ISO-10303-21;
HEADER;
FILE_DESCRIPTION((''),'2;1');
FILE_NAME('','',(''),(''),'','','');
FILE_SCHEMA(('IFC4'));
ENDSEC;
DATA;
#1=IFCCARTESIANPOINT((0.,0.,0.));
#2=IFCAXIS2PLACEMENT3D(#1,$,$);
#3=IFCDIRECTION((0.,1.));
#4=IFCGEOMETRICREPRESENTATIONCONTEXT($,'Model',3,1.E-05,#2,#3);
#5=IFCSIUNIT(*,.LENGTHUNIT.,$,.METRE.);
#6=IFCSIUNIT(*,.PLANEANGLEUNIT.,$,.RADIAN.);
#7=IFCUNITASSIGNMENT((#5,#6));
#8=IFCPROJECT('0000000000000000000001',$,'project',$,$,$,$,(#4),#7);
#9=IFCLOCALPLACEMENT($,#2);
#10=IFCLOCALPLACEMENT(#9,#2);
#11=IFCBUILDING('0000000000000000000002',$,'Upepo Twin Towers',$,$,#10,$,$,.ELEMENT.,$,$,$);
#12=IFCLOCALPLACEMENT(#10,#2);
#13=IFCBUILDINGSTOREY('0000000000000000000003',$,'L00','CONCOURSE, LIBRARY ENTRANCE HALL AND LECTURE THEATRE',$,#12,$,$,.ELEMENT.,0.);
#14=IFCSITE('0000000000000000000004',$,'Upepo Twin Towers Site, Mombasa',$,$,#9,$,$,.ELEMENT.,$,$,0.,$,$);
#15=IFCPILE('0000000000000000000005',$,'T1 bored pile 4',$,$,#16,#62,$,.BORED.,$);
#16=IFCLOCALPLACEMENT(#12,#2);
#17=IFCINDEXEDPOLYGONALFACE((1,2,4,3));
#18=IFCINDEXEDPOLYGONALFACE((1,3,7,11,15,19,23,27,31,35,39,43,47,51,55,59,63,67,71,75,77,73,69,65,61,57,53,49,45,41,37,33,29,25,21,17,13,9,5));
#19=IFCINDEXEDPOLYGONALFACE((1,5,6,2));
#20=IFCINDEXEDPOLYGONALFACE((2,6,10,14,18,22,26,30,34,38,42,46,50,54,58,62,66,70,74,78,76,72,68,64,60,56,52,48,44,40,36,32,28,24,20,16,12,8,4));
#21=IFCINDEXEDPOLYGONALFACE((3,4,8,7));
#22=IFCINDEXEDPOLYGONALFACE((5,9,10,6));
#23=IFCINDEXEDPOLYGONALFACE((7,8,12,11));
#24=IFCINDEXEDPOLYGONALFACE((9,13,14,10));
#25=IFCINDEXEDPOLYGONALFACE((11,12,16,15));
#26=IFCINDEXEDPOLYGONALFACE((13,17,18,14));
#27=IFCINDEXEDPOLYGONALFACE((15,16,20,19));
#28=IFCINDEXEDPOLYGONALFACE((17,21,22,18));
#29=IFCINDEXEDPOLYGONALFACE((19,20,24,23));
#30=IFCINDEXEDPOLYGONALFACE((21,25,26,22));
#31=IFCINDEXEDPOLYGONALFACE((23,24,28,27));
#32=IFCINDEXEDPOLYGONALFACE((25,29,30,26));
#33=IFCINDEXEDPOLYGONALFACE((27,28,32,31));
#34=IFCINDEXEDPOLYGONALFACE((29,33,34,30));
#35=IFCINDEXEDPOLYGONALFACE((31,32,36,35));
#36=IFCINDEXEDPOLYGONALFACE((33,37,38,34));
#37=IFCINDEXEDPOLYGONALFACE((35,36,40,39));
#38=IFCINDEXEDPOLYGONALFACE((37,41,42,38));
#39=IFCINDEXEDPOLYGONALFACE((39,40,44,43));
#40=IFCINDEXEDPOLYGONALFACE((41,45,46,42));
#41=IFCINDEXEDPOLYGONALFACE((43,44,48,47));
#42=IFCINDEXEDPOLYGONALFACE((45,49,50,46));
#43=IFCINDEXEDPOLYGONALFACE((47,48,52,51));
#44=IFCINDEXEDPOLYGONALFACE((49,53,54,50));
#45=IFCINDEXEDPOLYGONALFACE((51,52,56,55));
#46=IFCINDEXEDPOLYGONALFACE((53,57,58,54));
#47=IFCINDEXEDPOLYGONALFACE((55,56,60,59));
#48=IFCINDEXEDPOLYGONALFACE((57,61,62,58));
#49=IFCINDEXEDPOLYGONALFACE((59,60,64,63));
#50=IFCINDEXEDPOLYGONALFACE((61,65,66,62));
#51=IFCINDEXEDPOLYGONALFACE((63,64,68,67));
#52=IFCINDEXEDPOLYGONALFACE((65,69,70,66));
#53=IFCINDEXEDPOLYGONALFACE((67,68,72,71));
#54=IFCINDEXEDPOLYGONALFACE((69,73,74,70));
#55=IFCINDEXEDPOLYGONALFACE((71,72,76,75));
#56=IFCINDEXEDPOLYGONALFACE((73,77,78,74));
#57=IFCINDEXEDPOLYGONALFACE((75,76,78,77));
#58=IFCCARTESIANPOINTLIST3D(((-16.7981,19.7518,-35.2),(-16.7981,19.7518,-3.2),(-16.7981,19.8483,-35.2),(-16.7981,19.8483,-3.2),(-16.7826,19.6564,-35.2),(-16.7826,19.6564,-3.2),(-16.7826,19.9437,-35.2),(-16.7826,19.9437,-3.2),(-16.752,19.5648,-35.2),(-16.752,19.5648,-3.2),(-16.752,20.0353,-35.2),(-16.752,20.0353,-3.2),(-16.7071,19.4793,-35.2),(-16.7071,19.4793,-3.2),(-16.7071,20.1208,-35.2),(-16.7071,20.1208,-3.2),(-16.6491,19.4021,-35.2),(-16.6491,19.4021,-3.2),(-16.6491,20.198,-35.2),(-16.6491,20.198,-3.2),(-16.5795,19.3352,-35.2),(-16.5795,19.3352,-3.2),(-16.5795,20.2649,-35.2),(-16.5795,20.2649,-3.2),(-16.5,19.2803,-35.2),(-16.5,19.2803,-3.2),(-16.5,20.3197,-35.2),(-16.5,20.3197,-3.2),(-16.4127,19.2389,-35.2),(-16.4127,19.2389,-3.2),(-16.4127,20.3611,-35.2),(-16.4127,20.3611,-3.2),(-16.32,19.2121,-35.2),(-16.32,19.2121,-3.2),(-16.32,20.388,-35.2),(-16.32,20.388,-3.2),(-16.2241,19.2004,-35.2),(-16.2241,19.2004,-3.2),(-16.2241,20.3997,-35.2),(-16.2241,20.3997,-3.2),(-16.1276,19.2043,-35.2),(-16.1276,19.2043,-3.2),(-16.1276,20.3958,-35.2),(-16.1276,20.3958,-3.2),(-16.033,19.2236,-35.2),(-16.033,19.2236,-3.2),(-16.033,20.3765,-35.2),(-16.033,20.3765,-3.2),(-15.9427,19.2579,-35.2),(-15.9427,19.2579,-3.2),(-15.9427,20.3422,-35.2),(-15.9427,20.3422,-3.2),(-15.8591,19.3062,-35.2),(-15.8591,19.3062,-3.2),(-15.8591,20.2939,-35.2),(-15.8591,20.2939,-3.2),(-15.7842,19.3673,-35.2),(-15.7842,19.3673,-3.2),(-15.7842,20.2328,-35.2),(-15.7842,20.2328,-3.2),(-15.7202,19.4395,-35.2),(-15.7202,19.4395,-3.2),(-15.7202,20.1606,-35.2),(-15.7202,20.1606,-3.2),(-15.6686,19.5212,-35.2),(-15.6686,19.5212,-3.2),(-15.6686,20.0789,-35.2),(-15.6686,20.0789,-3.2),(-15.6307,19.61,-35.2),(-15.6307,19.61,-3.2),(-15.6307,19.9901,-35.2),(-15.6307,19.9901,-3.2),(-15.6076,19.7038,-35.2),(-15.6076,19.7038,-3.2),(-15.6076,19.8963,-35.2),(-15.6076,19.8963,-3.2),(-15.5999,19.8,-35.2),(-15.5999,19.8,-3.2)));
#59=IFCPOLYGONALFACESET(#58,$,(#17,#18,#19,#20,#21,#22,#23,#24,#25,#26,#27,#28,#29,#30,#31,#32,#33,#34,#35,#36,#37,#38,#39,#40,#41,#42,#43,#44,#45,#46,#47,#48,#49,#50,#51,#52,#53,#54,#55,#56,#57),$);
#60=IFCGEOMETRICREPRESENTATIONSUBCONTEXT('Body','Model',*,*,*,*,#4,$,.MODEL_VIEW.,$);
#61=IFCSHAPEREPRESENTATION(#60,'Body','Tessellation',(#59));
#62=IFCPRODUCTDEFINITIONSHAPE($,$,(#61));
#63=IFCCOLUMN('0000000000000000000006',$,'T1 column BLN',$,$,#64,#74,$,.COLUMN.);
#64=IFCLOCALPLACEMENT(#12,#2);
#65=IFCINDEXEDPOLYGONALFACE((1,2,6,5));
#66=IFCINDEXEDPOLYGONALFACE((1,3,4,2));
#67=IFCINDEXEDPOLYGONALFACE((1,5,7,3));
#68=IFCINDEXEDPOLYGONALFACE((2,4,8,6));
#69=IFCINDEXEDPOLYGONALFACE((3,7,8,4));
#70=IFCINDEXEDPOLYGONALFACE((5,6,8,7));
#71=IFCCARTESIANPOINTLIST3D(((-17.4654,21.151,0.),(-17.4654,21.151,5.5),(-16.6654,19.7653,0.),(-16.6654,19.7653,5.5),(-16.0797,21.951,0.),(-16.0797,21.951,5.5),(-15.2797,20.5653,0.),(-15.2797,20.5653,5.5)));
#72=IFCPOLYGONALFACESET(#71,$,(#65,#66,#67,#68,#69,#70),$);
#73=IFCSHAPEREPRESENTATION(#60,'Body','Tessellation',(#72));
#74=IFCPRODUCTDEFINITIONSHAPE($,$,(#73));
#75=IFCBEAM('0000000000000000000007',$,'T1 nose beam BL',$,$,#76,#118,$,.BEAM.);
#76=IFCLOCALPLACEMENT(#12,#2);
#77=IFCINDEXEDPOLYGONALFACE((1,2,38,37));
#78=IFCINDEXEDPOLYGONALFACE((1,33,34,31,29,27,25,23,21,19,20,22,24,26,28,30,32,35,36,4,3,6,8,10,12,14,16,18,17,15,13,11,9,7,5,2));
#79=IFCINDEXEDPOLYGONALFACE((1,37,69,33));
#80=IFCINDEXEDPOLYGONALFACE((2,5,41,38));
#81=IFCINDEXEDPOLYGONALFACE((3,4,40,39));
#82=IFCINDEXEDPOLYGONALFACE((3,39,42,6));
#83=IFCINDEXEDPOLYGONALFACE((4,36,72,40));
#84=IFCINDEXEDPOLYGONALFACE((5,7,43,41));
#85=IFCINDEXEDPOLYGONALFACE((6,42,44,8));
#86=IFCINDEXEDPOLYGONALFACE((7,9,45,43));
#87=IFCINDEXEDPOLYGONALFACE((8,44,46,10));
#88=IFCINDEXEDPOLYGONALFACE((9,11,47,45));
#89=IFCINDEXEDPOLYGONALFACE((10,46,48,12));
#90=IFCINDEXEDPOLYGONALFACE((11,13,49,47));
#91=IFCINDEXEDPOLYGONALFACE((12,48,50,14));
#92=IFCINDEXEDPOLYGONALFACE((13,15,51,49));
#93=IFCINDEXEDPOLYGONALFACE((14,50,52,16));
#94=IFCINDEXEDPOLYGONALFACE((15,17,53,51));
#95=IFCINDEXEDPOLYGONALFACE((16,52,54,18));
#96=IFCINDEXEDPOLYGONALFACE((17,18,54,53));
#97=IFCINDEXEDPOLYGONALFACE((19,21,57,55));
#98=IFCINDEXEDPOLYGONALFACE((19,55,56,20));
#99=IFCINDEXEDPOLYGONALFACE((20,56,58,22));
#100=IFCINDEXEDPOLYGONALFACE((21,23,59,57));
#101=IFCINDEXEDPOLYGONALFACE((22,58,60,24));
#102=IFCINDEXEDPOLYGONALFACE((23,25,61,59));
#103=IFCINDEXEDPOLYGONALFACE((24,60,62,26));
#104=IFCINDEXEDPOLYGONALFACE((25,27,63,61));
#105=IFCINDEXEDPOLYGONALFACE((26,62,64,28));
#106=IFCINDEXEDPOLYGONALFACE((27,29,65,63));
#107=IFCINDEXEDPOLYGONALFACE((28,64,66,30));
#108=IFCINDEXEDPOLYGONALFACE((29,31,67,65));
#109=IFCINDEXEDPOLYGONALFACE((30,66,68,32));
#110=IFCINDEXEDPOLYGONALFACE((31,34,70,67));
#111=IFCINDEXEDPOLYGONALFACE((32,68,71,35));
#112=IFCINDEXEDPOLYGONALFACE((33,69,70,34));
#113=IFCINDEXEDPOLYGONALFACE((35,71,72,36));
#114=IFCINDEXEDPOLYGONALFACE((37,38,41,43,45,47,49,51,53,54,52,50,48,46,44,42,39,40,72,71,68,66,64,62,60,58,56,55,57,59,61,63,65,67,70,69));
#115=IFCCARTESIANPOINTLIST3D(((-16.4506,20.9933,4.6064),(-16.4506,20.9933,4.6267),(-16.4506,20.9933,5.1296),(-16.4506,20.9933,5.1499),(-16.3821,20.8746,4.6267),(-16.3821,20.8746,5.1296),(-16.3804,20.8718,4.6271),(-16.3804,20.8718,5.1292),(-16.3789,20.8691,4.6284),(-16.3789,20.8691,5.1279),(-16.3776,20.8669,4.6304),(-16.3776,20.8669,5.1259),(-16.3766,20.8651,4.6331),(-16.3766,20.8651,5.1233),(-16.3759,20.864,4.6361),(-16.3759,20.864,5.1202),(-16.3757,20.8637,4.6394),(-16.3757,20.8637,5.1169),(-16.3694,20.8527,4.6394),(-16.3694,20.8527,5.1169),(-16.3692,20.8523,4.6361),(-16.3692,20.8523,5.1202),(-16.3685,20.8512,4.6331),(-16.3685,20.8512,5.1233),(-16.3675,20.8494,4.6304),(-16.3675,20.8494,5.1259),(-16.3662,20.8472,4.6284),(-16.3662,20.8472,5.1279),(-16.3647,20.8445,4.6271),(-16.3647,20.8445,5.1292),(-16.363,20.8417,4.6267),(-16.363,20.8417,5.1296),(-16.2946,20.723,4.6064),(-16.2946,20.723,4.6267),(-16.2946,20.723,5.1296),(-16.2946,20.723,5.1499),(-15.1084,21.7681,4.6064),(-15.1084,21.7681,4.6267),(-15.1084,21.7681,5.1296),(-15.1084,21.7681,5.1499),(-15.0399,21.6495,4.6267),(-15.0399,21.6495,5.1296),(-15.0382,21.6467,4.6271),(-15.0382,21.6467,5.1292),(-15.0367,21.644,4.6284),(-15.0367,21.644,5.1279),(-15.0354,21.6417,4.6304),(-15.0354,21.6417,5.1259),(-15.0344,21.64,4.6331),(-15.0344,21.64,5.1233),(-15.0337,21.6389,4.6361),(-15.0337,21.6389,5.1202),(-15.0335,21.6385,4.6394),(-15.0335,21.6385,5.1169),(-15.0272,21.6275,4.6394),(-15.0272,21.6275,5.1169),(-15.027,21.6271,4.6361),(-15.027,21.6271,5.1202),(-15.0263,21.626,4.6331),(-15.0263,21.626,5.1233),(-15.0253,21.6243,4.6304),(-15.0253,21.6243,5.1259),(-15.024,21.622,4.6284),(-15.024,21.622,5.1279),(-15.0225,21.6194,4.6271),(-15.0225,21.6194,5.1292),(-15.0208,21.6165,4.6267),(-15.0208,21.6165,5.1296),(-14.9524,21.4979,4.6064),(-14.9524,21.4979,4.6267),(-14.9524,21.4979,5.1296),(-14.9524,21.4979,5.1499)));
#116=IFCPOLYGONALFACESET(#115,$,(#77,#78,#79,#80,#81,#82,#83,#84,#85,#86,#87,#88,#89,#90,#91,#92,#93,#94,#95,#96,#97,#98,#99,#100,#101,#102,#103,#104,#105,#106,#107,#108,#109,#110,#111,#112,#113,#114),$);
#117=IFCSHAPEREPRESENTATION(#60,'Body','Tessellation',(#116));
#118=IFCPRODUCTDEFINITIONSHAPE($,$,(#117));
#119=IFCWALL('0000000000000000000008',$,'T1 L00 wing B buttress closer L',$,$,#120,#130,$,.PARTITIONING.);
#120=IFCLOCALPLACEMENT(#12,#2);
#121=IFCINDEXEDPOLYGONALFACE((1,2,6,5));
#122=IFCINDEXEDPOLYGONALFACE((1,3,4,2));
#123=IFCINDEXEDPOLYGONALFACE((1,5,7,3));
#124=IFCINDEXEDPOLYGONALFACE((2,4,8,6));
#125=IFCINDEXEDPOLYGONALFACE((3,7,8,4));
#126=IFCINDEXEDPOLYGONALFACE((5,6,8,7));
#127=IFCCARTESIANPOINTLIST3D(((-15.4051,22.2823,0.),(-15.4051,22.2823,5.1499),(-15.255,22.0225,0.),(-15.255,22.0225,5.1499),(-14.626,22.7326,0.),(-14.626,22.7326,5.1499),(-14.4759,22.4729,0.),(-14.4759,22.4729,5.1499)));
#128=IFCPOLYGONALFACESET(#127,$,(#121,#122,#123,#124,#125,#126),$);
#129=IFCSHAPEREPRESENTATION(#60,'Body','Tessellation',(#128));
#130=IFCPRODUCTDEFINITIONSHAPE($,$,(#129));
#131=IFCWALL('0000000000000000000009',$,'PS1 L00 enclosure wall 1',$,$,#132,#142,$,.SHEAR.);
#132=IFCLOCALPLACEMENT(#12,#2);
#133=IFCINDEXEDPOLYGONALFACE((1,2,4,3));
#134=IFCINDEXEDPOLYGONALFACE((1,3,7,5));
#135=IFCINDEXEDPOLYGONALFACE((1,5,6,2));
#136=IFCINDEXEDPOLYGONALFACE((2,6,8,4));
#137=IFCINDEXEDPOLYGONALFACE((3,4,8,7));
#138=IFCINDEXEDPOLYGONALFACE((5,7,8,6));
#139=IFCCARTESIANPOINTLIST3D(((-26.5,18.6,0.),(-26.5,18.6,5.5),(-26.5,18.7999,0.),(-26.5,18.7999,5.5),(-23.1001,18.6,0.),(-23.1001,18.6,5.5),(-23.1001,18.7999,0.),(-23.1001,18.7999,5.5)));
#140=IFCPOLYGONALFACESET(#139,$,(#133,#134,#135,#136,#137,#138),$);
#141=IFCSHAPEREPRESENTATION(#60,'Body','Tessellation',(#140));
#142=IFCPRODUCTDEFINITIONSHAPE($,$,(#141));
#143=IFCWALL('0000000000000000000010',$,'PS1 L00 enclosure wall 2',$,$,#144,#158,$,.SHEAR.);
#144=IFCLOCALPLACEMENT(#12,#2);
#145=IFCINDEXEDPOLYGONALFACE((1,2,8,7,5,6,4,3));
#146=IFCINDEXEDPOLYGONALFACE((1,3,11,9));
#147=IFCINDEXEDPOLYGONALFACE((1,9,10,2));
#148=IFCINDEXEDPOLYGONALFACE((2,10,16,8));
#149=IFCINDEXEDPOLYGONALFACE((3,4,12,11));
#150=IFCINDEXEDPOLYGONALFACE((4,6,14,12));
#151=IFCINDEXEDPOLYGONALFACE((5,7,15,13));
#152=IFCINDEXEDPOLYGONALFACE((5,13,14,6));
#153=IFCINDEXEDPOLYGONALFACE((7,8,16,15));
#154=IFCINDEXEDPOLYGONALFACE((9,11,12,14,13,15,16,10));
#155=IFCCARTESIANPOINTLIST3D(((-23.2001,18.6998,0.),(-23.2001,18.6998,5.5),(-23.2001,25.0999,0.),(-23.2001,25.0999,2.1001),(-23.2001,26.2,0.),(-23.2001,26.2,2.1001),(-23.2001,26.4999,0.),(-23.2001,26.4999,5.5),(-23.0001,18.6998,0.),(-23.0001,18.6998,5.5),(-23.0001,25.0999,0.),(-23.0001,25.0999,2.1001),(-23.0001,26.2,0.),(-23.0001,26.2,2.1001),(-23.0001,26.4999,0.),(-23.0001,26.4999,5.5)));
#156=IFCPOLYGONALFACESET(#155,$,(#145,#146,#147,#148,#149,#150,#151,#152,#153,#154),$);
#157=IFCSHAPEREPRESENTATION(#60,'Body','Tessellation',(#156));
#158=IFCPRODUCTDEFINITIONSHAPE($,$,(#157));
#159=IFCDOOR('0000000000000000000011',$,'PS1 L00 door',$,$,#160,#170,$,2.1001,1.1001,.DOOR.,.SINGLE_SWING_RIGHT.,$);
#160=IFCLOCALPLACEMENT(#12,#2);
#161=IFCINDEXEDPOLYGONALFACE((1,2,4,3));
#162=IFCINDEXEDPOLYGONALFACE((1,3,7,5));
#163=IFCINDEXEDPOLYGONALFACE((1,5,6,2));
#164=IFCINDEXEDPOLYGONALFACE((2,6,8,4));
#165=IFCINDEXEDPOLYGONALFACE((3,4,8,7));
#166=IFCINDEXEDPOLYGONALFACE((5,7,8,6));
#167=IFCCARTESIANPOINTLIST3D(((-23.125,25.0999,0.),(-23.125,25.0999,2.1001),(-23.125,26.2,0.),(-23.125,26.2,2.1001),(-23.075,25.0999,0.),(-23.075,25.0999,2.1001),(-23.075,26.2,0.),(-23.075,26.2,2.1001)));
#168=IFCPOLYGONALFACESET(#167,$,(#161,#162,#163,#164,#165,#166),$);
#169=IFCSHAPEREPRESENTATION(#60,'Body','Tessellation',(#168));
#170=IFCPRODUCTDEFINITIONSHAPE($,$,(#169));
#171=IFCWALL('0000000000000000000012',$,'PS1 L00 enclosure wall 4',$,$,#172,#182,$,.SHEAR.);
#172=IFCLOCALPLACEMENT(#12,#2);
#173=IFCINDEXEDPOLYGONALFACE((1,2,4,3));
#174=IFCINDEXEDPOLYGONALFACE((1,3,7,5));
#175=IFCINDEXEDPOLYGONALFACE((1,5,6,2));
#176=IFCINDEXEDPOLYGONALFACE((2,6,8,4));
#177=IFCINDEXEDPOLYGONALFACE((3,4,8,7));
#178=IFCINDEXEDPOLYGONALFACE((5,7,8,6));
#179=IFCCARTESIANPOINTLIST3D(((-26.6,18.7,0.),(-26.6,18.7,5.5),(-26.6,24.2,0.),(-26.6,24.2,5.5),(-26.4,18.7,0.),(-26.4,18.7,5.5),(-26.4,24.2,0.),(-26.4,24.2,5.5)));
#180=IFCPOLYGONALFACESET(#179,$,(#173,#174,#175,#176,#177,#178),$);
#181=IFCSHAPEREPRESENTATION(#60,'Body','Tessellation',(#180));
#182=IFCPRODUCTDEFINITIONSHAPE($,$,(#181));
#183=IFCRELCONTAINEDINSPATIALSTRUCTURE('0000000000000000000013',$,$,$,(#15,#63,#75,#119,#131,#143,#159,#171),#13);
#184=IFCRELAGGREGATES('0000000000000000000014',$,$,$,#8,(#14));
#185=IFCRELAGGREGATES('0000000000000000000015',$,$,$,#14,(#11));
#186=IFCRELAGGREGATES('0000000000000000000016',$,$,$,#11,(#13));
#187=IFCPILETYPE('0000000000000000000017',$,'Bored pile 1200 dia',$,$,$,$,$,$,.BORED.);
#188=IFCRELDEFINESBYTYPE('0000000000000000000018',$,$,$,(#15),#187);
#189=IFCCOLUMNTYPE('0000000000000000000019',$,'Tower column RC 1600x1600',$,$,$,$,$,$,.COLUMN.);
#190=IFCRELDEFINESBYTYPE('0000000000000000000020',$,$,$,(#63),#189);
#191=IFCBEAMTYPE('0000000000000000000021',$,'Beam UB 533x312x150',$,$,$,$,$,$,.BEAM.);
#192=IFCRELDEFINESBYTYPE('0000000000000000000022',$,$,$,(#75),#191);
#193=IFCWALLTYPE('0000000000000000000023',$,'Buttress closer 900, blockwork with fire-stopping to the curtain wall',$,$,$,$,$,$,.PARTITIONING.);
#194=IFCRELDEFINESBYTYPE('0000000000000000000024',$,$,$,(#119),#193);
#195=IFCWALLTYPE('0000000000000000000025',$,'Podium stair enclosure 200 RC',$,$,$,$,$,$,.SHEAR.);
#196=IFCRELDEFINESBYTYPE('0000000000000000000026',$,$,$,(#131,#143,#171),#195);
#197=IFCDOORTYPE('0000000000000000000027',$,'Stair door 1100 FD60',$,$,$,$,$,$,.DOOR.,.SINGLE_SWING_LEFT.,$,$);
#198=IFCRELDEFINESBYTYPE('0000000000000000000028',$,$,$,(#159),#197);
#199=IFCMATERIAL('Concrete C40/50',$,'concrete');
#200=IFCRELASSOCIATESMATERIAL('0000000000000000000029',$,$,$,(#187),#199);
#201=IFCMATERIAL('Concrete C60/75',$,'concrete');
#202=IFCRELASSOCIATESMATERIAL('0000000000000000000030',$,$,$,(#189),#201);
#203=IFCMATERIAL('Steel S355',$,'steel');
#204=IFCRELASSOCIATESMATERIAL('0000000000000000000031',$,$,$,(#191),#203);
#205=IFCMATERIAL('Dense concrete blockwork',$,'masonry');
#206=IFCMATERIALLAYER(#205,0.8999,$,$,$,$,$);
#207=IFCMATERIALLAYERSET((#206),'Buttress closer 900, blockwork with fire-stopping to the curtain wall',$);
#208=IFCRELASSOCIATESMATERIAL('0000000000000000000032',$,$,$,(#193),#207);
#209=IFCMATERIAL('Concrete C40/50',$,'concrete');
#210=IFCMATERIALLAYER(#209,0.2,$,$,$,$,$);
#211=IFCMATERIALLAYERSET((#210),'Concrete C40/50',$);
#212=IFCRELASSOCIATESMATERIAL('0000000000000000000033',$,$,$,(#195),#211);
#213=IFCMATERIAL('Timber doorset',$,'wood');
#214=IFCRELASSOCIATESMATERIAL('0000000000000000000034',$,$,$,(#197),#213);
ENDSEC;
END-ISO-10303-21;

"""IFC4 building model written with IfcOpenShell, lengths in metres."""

from ifc_helpers import new_model, si_unit, direction, frame, frame_2d, origin, origin_2d, place, context, subcontext, project, spatial, rectangle, circle, i_section, extrude, material, layer, layer_set, material_profile, profile_set, type_object, element, fill, save


model = new_model("IFC4")

# Units and contexts
model_context = context("Model", 3, precision=1e-05, world=origin(), true_north=direction((0.0, 1.0)))
body_context = subcontext(model_context, "Body", "Model", "MODEL_VIEW")
ifc_project = project(units=[si_unit("LENGTHUNIT", "METRE"), si_unit("PLANEANGLEUNIT", "RADIAN")], contexts=[model_context])

# Site, building, storey
site_placement = place(None, origin())
site = spatial("IfcSite", under=ifc_project, at=site_placement, Name="Upepo Twin Towers Site, Mombasa", CompositionType="ELEMENT", RefElevation=0.0)
building_placement = place(site_placement, origin())
building = spatial("IfcBuilding", under=site, at=building_placement, Name="Upepo Twin Towers", CompositionType="ELEMENT")
storey_placement = place(building_placement, origin())
storey = spatial("IfcBuildingStorey", under=building, at=storey_placement, Name="L00", Description="CONCOURSE, LIBRARY ENTRANCE HALL AND LECTURE THEATRE", CompositionType="ELEMENT", Elevation=0.0)

# Pile
ifc_material_1 = material(Name="Concrete C40/50", Category="concrete")
pile_type = type_object("IfcPileType", Name="Bored pile 1200 dia", PredefinedType="BORED", material=ifc_material_1)
pile_placement = place(storey_placement, frame((-16.2, 19.8, -3.2), z_axis=(0.0, 0.0, -1.0), x_axis=(1.0, 0.0, 0.0)))
element("IfcPile", 1, at=pile_placement, inside=storey, type_object=pile_type, Name="T1 bored pile 4", PredefinedType="BORED", context=body_context, shape_type="SweptSolid", body=[
    extrude(circle(Radius=0.6001, at=origin_2d()), origin(), (0.0, 0.0, 1.0), 32.0),
])

# Column
ifc_material_2 = material(Name="Concrete C60/75", Category="concrete")
ifc_material_profile_1 = material_profile(ifc_material_2, rectangle(XDim=1.6001, YDim=1.6001, at=origin_2d()), Name="RC 1600x1600")
ifc_profile_set_1 = profile_set([ifc_material_profile_1], Name="Concrete C60/75")
column_type = type_object("IfcColumnType", Name="Tower column RC 1600x1600", PredefinedType="COLUMN", material=ifc_profile_set_1)
column_placement = place(storey_placement, frame((-16.3726, 20.8582, 0.0), z_axis=(0.0, 0.0, 1.0), x_axis=(0.866025, 0.5, 0.0)))
element("IfcColumn", 2, at=column_placement, inside=storey, type_object=column_type, Name="T1 column BLN", PredefinedType="COLUMN", context=body_context, shape_type="SweptSolid", body=[
    extrude(rectangle(XDim=1.6001, YDim=1.6001, at=origin_2d()), origin(), (0.0, 0.0, 1.0), 5.5),
])

# Beam
ifc_material_3 = material(Name="Steel S355", Category="steel")
ifc_material_profile_2 = material_profile(ifc_material_3, i_section(OverallWidth=0.312, OverallDepth=0.5435, WebThickness=0.0127, FlangeThickness=0.0203, FilletRadius=0.0127, at=origin_2d()), Name="UB 533x312x150")
ifc_profile_set_2 = profile_set([ifc_material_profile_2], Name="Steel S355")
beam_type = type_object("IfcBeamType", Name="Beam UB 533x312x150", PredefinedType="BEAM", material=ifc_profile_set_2)
beam_placement = place(storey_placement, frame((-16.3726, 20.8582, 4.8782), z_axis=(0.866044, 0.499968, 0.0), x_axis=(-0.499968, 0.866044, 0.0)))
element("IfcBeam", 3, at=beam_placement, inside=storey, type_object=beam_type, Name="T1 nose beam BL", PredefinedType="BEAM", context=body_context, shape_type="SweptSolid", body=[
    extrude(i_section(OverallWidth=0.312, OverallDepth=0.5435, WebThickness=0.0127, FlangeThickness=0.0203, FilletRadius=0.0127, at=origin_2d()), origin(), (0.0, 0.0, 1.0), 1.5498),
])

# Walls
ifc_material_4 = material(Name="Dense concrete blockwork", Category="masonry")
ifc_layer_1 = layer(ifc_material_4, 0.8999)
ifc_layer_set_1 = layer_set([ifc_layer_1], Name="Buttress closer 900, blockwork with fire-stopping to the curtain wall")
wall_type_1 = type_object("IfcWallType", Name="Buttress closer 900, blockwork with fire-stopping to the curtain wall", PredefinedType="PARTITIONING", material=ifc_layer_set_1)
wall_1_placement = place(storey_placement, frame((-14.8655, 22.2478, 0.0), z_axis=(0.0, 0.0, 1.0), x_axis=(-0.500427, 0.865779, 0.0)))
element("IfcWall", 4, at=wall_1_placement, inside=storey, type_object=wall_type_1, Name="T1 L00 wing B buttress closer L", PredefinedType="PARTITIONING", context=body_context, shape_type="SweptSolid", body=[
    extrude(rectangle(XDim=0.3, YDim=0.8999, at=frame_2d((0.1499, 0.0))), origin(), (0.0, 0.0, 1.0), 5.1499),
])
ifc_material_5 = material(Name="Concrete C40/50", Category="concrete")
ifc_layer_2 = layer(ifc_material_5, 0.2)
ifc_layer_set_2 = layer_set([ifc_layer_2], Name="Concrete C40/50")
wall_type_2 = type_object("IfcWallType", Name="Podium stair enclosure 200 RC", PredefinedType="SHEAR", material=ifc_layer_set_2)
wall_2_placement = place(storey_placement, frame((-26.5, 18.7, 0.0), z_axis=(0.0, 0.0, 1.0), x_axis=(1.0, 0.0, 0.0)))
element("IfcWall", 5, at=wall_2_placement, inside=storey, type_object=wall_type_2, Name="PS1 L00 enclosure wall 1", PredefinedType="SHEAR", context=body_context, shape_type="SweptSolid", body=[
    extrude(rectangle(XDim=3.3999, YDim=0.2, at=frame_2d((1.7, 0.0))), origin(), (0.0, 0.0, 1.0), 5.5),
])

# Wall, opening, door
wall_3_placement = place(storey_placement, frame((-23.1001, 18.7, 0.0), z_axis=(0.0, 0.0, 1.0), x_axis=(0.0, 1.0, 0.0)))
wall_3 = element("IfcWall", 6, at=wall_3_placement, inside=storey, type_object=wall_type_2, Name="PS1 L00 enclosure wall 2", PredefinedType="SHEAR", context=body_context, shape_type="SweptSolid", body=[
    extrude(rectangle(XDim=7.8, YDim=0.2, at=frame_2d((3.8999, 0.0))), origin(), (0.0, 0.0, 1.0), 5.5),
])
opening_1_placement = place(wall_3_placement, frame((6.3999, 0.0, 0.0)))
opening_1 = element("IfcOpeningElement", 7, at=opening_1_placement, cuts=wall_3, PredefinedType="OPENING", context=body_context, shape_type="SweptSolid", body=[
    extrude(rectangle(XDim=1.1001, YDim=2.1001, at=frame_2d((0.55, 1.05))), frame((0.0, 0.1099, 0.0), z_axis=(0.0, -1.0, 0.0), x_axis=(1.0, 0.0, 0.0)), (0.0, 0.0, 1.0), 0.22),
])
ifc_material_6 = material(Name="Timber doorset", Category="wood")
door_type_1 = type_object("IfcDoorType", Name="Stair door 1100 FD60", OperationType="SINGLE_SWING_LEFT", PredefinedType="DOOR", material=ifc_material_6)
door_1_placement = place(opening_1_placement, origin())
door_1 = element("IfcDoor", 8, at=door_1_placement, inside=storey, type_object=door_type_1, Name="PS1 L00 door", OperationType="SINGLE_SWING_RIGHT", OverallHeight=2.1001, OverallWidth=1.1001, PredefinedType="DOOR", context=body_context, shape_type="SweptSolid", body=[
    extrude(rectangle(XDim=1.1001, YDim=2.1001, at=frame_2d((0.55, 1.05))), frame((0.0, 0.0249, 0.0), z_axis=(0.0, -1.0, 0.0), x_axis=(1.0, 0.0, 0.0)), (0.0, 0.0, 1.0), 0.05),
])
fill(opening_1, door_1)

# Wall
wall_4_placement = place(storey_placement, frame((-26.5, 24.2, 0.0), z_axis=(0.0, 0.0, 1.0), x_axis=(0.0, -1.0, 0.0)))
element("IfcWall", 9, at=wall_4_placement, inside=storey, type_object=wall_type_2, Name="PS1 L00 enclosure wall 4", PredefinedType="SHEAR", context=body_context, shape_type="SweptSolid", body=[
    extrude(rectangle(XDim=5.5, YDim=0.2, at=frame_2d((2.75, 0.0))), origin(), (0.0, 0.0, 1.0), 5.5),
])

save(model, "model.ifc")
